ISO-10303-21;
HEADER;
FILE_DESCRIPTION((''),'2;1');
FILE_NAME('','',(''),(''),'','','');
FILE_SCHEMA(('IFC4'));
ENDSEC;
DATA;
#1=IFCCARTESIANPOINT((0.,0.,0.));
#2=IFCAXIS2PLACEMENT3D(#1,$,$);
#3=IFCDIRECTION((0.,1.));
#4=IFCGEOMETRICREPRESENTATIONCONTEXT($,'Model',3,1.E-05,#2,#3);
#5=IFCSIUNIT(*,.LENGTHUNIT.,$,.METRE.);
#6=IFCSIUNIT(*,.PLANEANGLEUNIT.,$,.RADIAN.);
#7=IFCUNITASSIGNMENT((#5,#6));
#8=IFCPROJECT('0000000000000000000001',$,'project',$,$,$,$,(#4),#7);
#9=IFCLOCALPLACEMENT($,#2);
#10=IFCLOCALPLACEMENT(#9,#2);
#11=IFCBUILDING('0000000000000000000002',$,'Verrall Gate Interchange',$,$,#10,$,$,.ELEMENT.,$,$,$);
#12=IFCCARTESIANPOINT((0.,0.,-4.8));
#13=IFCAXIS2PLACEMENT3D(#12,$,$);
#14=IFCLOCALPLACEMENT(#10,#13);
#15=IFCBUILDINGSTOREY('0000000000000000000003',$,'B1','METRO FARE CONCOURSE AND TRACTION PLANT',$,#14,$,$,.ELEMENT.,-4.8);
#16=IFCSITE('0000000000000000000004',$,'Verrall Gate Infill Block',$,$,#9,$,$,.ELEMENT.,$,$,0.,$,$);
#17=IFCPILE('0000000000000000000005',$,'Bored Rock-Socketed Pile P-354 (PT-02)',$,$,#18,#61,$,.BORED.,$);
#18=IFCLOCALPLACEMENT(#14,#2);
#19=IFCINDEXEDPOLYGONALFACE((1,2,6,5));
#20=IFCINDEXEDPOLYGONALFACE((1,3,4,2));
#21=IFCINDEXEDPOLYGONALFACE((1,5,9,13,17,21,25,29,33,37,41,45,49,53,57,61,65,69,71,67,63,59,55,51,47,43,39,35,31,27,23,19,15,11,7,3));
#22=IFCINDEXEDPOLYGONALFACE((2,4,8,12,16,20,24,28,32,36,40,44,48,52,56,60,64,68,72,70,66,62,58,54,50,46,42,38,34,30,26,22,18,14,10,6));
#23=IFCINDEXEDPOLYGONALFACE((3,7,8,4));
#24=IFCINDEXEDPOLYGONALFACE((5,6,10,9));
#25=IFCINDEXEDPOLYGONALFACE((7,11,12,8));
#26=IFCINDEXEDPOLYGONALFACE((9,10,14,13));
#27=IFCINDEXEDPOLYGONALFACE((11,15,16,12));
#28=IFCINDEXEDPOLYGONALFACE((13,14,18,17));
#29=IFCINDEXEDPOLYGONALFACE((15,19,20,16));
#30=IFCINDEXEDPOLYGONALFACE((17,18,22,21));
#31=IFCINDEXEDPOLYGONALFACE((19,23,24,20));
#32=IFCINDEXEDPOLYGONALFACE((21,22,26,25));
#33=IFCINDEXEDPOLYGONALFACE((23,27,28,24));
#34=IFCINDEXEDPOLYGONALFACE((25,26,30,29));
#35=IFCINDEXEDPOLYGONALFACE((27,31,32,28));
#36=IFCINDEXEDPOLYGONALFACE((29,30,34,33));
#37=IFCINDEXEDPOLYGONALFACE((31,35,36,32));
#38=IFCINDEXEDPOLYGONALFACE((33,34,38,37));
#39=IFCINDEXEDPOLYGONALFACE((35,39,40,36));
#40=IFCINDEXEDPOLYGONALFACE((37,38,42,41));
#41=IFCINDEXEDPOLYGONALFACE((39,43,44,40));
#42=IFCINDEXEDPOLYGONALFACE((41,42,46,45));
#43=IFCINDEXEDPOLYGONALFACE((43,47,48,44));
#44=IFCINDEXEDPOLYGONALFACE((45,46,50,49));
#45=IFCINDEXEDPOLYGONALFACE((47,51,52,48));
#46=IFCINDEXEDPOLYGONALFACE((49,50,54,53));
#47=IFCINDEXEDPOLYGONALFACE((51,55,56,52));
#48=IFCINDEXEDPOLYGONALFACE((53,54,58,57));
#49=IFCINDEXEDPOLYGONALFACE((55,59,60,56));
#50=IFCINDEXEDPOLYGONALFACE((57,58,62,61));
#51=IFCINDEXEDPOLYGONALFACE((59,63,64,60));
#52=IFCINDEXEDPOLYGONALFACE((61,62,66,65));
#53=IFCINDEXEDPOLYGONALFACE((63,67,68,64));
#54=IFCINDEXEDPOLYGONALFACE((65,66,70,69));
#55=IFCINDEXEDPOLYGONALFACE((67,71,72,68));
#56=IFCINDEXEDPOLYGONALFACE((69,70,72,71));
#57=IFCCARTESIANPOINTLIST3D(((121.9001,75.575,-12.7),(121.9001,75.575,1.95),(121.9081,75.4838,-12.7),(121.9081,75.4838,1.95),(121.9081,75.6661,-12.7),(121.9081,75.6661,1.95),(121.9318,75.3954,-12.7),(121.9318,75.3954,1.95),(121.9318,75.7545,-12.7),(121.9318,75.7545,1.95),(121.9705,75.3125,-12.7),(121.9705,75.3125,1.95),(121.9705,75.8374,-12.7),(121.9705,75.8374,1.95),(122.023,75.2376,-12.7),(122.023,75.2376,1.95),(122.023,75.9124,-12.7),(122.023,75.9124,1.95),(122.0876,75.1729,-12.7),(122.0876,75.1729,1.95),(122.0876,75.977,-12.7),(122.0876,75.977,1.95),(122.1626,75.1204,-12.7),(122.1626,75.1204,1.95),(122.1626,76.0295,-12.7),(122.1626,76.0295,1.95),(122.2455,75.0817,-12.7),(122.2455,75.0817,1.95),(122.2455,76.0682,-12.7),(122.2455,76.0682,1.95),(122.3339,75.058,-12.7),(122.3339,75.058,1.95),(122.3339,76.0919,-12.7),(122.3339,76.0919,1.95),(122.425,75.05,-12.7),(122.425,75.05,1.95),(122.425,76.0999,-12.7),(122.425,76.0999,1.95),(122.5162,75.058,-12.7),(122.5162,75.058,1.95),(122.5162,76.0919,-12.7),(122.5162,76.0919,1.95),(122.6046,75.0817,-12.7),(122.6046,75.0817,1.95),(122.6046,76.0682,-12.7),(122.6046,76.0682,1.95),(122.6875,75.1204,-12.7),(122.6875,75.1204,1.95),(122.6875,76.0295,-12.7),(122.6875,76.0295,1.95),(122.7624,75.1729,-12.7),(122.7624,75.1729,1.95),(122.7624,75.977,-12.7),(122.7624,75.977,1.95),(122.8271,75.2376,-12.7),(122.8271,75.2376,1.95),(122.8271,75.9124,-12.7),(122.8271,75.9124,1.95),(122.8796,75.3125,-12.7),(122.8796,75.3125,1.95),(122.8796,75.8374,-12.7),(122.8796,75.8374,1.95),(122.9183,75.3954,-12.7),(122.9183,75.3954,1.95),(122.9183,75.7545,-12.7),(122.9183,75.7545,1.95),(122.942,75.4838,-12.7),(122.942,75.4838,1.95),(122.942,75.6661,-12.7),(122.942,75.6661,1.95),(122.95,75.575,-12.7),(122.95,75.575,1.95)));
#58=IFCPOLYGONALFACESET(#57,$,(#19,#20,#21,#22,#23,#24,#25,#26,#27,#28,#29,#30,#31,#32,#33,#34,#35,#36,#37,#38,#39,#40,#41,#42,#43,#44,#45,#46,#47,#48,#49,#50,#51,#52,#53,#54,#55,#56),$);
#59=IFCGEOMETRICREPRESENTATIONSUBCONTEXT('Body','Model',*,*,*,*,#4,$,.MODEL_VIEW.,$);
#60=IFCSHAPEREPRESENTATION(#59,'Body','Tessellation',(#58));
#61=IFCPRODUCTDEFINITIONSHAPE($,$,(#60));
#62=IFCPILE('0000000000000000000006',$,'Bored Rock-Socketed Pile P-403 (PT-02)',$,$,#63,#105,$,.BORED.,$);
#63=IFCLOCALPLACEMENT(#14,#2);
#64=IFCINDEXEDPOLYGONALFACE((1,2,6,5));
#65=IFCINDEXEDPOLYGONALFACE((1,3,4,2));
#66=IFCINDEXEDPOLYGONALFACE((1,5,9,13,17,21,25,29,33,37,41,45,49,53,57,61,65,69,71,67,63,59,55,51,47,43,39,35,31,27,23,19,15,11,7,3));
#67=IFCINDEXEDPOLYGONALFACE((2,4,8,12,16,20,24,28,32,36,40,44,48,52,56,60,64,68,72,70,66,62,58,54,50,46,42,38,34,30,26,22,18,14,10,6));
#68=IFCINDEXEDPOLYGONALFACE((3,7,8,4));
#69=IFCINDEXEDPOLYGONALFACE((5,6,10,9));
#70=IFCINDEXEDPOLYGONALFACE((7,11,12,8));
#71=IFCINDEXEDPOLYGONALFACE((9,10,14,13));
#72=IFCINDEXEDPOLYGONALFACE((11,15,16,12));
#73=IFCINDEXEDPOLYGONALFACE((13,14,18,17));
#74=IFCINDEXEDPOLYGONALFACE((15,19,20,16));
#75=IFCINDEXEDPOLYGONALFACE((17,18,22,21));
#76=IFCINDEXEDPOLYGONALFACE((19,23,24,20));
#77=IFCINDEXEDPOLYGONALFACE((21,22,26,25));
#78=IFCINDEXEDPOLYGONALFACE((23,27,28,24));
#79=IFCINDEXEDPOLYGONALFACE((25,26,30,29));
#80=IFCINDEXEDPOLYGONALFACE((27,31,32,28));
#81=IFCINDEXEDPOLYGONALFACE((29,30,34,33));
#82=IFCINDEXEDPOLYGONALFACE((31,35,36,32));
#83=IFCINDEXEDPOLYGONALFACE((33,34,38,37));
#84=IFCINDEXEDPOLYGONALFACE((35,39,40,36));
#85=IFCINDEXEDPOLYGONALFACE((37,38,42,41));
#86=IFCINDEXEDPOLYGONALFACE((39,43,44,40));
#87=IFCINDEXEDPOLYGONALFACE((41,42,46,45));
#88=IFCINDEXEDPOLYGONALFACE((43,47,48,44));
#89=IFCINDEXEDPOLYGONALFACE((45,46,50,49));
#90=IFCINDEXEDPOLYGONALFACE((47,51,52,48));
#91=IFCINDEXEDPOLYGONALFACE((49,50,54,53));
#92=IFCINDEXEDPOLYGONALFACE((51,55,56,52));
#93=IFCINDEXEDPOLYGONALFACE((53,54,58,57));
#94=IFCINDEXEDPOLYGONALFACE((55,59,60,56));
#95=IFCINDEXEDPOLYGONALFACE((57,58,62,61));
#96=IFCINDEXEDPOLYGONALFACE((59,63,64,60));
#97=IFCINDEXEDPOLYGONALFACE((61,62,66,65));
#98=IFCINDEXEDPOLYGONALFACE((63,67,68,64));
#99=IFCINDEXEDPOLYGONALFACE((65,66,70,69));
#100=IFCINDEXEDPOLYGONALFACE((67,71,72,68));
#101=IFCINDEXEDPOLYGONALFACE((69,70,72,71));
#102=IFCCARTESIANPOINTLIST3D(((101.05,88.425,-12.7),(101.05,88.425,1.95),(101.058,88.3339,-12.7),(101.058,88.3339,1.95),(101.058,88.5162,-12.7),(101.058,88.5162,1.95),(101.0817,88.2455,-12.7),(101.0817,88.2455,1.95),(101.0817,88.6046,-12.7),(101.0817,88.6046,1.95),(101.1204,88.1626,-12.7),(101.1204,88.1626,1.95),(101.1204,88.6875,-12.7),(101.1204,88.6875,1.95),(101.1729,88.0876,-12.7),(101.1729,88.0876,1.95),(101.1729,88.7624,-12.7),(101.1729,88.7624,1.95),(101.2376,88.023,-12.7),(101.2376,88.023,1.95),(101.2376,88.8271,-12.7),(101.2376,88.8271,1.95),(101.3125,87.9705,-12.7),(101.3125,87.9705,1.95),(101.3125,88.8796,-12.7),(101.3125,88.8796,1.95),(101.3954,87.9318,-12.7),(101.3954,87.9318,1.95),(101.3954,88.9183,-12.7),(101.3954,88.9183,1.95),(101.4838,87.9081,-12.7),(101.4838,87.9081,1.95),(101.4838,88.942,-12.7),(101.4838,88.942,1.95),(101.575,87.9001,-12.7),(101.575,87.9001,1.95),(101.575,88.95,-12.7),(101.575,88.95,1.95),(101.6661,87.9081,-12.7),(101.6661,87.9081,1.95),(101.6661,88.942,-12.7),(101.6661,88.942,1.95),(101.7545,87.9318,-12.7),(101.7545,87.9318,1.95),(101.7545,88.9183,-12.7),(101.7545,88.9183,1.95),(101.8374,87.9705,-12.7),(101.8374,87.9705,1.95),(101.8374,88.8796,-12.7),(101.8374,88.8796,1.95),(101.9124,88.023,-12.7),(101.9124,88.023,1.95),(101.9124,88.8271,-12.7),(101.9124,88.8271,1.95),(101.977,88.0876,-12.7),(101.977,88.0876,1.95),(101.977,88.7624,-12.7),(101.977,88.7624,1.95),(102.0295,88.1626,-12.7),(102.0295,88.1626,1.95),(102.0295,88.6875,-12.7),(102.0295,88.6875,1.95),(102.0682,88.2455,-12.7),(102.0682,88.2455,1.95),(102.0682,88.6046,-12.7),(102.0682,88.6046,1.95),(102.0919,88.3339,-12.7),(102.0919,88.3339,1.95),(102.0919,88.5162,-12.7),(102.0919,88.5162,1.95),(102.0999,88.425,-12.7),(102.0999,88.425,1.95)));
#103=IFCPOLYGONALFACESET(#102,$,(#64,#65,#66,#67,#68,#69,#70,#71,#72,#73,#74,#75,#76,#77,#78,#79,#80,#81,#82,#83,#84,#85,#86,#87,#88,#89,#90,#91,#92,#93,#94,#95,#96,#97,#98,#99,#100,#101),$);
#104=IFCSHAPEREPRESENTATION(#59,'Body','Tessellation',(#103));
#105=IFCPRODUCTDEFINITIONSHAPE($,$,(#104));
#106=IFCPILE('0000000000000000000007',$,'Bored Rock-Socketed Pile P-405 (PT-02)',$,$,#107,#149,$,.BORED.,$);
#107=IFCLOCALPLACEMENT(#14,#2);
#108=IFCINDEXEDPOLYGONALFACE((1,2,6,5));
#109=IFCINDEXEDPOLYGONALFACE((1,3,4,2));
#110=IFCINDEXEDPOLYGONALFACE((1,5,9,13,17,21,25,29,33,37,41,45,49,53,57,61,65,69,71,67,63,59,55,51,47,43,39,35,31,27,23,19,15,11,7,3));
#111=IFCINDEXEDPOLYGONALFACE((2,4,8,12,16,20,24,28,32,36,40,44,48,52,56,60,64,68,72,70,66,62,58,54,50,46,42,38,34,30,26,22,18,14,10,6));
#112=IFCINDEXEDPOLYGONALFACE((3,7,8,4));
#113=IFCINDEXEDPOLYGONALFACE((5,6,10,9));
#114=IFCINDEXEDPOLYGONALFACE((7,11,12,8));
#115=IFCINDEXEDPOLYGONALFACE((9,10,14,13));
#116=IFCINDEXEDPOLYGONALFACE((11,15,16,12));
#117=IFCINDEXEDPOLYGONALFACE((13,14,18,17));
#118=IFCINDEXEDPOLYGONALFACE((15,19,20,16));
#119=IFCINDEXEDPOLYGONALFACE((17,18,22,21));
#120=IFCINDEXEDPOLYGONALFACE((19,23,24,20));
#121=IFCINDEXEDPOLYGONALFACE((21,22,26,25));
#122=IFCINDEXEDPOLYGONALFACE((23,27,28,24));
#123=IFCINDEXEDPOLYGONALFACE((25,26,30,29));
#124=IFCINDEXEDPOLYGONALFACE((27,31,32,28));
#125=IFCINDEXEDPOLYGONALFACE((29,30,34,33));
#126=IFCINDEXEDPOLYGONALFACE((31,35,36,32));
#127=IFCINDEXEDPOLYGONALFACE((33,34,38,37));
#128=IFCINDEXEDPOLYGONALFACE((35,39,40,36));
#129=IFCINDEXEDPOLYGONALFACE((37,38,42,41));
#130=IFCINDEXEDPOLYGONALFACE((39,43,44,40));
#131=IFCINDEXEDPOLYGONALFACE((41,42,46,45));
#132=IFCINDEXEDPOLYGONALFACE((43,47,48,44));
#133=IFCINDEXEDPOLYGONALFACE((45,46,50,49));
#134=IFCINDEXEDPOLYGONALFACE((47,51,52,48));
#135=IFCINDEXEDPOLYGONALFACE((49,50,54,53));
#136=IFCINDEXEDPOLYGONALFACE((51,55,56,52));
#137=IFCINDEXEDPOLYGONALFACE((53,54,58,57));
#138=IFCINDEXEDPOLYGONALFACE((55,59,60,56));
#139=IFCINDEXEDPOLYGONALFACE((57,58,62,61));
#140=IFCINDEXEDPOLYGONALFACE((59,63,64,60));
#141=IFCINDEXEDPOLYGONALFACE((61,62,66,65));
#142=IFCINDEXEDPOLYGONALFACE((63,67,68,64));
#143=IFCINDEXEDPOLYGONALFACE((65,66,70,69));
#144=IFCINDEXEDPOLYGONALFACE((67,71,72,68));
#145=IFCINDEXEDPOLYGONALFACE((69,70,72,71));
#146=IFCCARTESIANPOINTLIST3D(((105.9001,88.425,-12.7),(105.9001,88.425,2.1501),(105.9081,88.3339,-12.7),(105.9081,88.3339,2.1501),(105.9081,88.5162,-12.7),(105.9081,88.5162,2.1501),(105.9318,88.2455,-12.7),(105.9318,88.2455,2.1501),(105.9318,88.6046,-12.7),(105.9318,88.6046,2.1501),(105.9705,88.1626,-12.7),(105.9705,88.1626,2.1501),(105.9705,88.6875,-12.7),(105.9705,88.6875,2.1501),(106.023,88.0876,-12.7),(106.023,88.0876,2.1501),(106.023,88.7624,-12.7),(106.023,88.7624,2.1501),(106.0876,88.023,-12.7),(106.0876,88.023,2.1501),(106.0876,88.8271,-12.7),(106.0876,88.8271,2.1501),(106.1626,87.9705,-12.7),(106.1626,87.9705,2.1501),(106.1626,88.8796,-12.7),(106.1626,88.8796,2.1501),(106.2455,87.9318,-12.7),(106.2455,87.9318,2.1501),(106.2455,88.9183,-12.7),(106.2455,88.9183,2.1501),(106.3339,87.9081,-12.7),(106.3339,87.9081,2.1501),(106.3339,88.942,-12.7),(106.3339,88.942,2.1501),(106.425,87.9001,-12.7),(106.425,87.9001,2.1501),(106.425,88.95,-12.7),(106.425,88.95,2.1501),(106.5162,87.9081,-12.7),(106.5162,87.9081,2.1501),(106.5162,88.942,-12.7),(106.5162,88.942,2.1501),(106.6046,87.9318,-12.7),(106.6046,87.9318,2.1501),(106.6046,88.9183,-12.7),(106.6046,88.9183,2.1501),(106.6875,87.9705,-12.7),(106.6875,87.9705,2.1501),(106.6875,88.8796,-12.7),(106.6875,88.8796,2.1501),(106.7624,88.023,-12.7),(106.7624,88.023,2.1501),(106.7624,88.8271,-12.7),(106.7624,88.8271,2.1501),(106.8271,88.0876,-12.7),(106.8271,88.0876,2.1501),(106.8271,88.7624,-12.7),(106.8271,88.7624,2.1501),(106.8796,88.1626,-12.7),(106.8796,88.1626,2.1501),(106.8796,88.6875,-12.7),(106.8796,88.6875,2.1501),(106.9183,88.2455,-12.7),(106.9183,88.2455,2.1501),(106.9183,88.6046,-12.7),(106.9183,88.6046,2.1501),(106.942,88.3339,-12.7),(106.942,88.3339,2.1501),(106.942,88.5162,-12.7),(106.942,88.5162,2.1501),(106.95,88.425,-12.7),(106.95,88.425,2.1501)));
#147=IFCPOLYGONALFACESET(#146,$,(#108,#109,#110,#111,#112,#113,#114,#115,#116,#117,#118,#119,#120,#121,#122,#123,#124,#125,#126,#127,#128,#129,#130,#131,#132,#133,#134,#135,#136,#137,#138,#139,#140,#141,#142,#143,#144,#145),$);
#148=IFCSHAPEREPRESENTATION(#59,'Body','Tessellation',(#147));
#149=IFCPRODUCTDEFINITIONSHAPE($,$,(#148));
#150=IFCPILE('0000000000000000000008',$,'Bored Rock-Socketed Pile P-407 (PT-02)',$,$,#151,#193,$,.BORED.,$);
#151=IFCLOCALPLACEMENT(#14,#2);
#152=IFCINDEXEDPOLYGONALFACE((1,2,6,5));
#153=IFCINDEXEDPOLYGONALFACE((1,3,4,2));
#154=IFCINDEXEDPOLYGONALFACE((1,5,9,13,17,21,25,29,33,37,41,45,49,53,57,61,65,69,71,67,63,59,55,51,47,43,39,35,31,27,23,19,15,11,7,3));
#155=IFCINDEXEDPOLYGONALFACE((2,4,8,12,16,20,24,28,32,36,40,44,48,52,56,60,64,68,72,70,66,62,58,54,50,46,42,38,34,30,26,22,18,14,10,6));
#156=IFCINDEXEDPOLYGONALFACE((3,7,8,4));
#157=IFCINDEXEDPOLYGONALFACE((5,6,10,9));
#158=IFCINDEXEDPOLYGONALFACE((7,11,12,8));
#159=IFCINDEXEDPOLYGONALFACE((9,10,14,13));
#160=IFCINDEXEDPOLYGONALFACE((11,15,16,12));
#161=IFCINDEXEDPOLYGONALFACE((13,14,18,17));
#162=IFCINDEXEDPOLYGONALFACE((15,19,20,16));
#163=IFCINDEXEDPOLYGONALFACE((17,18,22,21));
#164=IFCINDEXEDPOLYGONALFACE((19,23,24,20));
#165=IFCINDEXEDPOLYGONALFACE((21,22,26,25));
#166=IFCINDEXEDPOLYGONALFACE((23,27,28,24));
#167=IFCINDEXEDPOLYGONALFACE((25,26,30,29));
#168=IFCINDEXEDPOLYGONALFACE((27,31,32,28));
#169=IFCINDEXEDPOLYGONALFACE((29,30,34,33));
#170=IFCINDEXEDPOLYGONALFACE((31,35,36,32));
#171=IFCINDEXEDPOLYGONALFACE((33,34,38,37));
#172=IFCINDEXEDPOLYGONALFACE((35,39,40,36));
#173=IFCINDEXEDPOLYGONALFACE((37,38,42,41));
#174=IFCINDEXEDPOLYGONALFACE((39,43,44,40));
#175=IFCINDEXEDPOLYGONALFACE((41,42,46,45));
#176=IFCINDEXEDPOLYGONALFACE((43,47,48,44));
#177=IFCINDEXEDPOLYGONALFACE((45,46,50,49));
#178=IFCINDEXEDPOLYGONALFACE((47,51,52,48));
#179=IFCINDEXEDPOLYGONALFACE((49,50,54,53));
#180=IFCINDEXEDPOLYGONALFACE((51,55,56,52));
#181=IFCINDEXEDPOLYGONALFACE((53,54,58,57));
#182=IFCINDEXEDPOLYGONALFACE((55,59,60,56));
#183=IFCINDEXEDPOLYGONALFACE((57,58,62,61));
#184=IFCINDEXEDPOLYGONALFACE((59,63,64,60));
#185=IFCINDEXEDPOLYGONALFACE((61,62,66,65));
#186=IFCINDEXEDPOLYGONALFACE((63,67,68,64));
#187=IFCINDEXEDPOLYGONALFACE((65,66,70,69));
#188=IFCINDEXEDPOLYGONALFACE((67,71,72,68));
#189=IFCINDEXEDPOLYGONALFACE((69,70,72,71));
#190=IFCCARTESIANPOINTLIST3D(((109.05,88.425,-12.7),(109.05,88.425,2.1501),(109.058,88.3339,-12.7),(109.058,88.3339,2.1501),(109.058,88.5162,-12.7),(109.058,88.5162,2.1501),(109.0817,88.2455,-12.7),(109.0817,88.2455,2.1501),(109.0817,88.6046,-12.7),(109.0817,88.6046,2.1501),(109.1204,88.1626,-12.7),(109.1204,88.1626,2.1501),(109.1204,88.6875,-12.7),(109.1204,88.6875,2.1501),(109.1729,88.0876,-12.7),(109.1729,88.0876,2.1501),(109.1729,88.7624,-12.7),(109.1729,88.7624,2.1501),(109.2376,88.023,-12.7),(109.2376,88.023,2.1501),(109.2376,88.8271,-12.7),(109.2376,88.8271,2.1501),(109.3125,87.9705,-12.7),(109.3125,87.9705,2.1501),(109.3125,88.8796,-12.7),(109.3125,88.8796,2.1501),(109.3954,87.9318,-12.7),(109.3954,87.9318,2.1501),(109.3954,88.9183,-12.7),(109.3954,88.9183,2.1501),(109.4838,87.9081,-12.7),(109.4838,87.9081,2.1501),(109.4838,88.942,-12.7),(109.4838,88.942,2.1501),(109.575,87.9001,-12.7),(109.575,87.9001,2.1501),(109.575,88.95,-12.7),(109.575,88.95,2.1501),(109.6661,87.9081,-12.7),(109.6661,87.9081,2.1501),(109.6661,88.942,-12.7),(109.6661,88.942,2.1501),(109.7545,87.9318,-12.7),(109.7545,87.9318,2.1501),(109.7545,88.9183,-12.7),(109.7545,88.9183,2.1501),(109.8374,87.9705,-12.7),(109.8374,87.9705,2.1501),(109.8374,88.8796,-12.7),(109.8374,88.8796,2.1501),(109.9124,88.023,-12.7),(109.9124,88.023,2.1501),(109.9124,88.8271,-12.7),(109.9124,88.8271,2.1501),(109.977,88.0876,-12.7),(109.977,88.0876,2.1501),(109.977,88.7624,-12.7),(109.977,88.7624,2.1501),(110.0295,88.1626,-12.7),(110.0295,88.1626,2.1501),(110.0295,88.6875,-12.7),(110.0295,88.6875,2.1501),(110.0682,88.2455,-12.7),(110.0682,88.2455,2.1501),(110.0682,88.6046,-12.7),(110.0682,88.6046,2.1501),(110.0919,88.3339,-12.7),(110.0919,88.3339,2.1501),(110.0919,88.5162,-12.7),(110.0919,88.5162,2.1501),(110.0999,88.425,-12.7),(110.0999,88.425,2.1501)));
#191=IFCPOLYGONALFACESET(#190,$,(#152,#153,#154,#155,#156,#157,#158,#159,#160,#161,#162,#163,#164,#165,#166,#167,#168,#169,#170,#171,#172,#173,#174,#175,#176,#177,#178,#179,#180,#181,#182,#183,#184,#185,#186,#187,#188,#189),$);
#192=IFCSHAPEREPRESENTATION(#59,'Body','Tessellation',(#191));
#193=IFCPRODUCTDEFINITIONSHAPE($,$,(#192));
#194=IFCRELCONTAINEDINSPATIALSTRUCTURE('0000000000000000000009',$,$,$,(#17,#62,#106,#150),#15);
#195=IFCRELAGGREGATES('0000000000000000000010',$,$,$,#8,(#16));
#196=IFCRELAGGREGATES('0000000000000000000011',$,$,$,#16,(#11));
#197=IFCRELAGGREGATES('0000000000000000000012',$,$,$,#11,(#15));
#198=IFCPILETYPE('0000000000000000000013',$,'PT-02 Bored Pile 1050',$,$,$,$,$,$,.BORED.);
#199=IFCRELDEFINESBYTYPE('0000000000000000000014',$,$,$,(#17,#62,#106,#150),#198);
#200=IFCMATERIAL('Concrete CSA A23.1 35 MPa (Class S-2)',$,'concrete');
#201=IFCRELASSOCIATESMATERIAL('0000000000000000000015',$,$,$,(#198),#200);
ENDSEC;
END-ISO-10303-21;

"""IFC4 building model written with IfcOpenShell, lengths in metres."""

from ifc_helpers import new_model, si_unit, direction, frame, origin, origin_2d, place, context, subcontext, project, spatial, circle, extrude, material, material_profile, profile_set, type_object, element, save


model = new_model("IFC4")

# Units and contexts
model_context = context("Model", 3, precision=1e-05, world=origin(), true_north=direction((0.0, 1.0)))
body_context = subcontext(model_context, "Body", "Model", "MODEL_VIEW")
ifc_project = project(units=[si_unit("LENGTHUNIT", "METRE"), si_unit("PLANEANGLEUNIT", "RADIAN")], contexts=[model_context])

# Site, building, storey
site_placement = place(None, origin())
site = spatial("IfcSite", under=ifc_project, at=site_placement, Name="Verrall Gate Infill Block", CompositionType="ELEMENT", RefElevation=0.0)
building_placement = place(site_placement, origin())
building = spatial("IfcBuilding", under=site, at=building_placement, Name="Verrall Gate Interchange", CompositionType="ELEMENT")
storey_placement = place(building_placement, frame((0.0, 0.0, -4.8)))
storey = spatial("IfcBuildingStorey", under=building, at=storey_placement, Name="B1", Description="METRO FARE CONCOURSE AND TRACTION PLANT", CompositionType="ELEMENT", Elevation=-4.8)

# Piles
ifc_material_1 = material(Name="Concrete CSA A23.1 35 MPa (Class S-2)", Category="concrete")
ifc_material_profile_1 = material_profile(ifc_material_1, circle(Radius=0.5249, at=origin_2d()), Name="PILE1050D")
ifc_profile_set_1 = profile_set([ifc_material_profile_1], Name="Concrete CSA A23.1 35 MPa (Class S-2)")
pile_type_1 = type_object("IfcPileType", Name="PT-02 Bored Pile 1050", PredefinedType="BORED", material=ifc_profile_set_1)
for number, where, z_axis, x_axis, name in (
    (1, (122.425, 75.575, 1.95), (0.0, 0.0, -1.0), (1.0, 0.0, 0.0), "Bored Rock-Socketed Pile P-354 (PT-02)"),
    (2, (101.575, 88.425, 1.95), (0.0, 0.0, -1.0), (1.0, 0.0, 0.0), "Bored Rock-Socketed Pile P-403 (PT-02)"),
):
    element("IfcPile", number, at=place(storey_placement, frame(where, z_axis=z_axis, x_axis=x_axis)), inside=storey, type_object=pile_type_1, Name=name, PredefinedType="BORED", context=body_context, shape_type="SweptSolid", body=[
        extrude(circle(Radius=0.5249, at=origin_2d()), origin(), (0.0, 0.0, 1.0), 14.6499),
    ])
for number, where, z_axis, x_axis, name in (
    (3, (106.425, 88.425, 2.1501), (0.0, 0.0, -1.0), (1.0, 0.0, 0.0), "Bored Rock-Socketed Pile P-405 (PT-02)"),
    (4, (109.575, 88.425, 2.1501), (0.0, 0.0, -1.0), (1.0, 0.0, 0.0), "Bored Rock-Socketed Pile P-407 (PT-02)"),
):
    element("IfcPile", number, at=place(storey_placement, frame(where, z_axis=z_axis, x_axis=x_axis)), inside=storey, type_object=pile_type_1, Name=name, PredefinedType="BORED", context=body_context, shape_type="SweptSolid", body=[
        extrude(circle(Radius=0.5249, at=origin_2d()), origin(), (0.0, 0.0, 1.0), 14.8501),
    ])

save(model, "model.ifc")
